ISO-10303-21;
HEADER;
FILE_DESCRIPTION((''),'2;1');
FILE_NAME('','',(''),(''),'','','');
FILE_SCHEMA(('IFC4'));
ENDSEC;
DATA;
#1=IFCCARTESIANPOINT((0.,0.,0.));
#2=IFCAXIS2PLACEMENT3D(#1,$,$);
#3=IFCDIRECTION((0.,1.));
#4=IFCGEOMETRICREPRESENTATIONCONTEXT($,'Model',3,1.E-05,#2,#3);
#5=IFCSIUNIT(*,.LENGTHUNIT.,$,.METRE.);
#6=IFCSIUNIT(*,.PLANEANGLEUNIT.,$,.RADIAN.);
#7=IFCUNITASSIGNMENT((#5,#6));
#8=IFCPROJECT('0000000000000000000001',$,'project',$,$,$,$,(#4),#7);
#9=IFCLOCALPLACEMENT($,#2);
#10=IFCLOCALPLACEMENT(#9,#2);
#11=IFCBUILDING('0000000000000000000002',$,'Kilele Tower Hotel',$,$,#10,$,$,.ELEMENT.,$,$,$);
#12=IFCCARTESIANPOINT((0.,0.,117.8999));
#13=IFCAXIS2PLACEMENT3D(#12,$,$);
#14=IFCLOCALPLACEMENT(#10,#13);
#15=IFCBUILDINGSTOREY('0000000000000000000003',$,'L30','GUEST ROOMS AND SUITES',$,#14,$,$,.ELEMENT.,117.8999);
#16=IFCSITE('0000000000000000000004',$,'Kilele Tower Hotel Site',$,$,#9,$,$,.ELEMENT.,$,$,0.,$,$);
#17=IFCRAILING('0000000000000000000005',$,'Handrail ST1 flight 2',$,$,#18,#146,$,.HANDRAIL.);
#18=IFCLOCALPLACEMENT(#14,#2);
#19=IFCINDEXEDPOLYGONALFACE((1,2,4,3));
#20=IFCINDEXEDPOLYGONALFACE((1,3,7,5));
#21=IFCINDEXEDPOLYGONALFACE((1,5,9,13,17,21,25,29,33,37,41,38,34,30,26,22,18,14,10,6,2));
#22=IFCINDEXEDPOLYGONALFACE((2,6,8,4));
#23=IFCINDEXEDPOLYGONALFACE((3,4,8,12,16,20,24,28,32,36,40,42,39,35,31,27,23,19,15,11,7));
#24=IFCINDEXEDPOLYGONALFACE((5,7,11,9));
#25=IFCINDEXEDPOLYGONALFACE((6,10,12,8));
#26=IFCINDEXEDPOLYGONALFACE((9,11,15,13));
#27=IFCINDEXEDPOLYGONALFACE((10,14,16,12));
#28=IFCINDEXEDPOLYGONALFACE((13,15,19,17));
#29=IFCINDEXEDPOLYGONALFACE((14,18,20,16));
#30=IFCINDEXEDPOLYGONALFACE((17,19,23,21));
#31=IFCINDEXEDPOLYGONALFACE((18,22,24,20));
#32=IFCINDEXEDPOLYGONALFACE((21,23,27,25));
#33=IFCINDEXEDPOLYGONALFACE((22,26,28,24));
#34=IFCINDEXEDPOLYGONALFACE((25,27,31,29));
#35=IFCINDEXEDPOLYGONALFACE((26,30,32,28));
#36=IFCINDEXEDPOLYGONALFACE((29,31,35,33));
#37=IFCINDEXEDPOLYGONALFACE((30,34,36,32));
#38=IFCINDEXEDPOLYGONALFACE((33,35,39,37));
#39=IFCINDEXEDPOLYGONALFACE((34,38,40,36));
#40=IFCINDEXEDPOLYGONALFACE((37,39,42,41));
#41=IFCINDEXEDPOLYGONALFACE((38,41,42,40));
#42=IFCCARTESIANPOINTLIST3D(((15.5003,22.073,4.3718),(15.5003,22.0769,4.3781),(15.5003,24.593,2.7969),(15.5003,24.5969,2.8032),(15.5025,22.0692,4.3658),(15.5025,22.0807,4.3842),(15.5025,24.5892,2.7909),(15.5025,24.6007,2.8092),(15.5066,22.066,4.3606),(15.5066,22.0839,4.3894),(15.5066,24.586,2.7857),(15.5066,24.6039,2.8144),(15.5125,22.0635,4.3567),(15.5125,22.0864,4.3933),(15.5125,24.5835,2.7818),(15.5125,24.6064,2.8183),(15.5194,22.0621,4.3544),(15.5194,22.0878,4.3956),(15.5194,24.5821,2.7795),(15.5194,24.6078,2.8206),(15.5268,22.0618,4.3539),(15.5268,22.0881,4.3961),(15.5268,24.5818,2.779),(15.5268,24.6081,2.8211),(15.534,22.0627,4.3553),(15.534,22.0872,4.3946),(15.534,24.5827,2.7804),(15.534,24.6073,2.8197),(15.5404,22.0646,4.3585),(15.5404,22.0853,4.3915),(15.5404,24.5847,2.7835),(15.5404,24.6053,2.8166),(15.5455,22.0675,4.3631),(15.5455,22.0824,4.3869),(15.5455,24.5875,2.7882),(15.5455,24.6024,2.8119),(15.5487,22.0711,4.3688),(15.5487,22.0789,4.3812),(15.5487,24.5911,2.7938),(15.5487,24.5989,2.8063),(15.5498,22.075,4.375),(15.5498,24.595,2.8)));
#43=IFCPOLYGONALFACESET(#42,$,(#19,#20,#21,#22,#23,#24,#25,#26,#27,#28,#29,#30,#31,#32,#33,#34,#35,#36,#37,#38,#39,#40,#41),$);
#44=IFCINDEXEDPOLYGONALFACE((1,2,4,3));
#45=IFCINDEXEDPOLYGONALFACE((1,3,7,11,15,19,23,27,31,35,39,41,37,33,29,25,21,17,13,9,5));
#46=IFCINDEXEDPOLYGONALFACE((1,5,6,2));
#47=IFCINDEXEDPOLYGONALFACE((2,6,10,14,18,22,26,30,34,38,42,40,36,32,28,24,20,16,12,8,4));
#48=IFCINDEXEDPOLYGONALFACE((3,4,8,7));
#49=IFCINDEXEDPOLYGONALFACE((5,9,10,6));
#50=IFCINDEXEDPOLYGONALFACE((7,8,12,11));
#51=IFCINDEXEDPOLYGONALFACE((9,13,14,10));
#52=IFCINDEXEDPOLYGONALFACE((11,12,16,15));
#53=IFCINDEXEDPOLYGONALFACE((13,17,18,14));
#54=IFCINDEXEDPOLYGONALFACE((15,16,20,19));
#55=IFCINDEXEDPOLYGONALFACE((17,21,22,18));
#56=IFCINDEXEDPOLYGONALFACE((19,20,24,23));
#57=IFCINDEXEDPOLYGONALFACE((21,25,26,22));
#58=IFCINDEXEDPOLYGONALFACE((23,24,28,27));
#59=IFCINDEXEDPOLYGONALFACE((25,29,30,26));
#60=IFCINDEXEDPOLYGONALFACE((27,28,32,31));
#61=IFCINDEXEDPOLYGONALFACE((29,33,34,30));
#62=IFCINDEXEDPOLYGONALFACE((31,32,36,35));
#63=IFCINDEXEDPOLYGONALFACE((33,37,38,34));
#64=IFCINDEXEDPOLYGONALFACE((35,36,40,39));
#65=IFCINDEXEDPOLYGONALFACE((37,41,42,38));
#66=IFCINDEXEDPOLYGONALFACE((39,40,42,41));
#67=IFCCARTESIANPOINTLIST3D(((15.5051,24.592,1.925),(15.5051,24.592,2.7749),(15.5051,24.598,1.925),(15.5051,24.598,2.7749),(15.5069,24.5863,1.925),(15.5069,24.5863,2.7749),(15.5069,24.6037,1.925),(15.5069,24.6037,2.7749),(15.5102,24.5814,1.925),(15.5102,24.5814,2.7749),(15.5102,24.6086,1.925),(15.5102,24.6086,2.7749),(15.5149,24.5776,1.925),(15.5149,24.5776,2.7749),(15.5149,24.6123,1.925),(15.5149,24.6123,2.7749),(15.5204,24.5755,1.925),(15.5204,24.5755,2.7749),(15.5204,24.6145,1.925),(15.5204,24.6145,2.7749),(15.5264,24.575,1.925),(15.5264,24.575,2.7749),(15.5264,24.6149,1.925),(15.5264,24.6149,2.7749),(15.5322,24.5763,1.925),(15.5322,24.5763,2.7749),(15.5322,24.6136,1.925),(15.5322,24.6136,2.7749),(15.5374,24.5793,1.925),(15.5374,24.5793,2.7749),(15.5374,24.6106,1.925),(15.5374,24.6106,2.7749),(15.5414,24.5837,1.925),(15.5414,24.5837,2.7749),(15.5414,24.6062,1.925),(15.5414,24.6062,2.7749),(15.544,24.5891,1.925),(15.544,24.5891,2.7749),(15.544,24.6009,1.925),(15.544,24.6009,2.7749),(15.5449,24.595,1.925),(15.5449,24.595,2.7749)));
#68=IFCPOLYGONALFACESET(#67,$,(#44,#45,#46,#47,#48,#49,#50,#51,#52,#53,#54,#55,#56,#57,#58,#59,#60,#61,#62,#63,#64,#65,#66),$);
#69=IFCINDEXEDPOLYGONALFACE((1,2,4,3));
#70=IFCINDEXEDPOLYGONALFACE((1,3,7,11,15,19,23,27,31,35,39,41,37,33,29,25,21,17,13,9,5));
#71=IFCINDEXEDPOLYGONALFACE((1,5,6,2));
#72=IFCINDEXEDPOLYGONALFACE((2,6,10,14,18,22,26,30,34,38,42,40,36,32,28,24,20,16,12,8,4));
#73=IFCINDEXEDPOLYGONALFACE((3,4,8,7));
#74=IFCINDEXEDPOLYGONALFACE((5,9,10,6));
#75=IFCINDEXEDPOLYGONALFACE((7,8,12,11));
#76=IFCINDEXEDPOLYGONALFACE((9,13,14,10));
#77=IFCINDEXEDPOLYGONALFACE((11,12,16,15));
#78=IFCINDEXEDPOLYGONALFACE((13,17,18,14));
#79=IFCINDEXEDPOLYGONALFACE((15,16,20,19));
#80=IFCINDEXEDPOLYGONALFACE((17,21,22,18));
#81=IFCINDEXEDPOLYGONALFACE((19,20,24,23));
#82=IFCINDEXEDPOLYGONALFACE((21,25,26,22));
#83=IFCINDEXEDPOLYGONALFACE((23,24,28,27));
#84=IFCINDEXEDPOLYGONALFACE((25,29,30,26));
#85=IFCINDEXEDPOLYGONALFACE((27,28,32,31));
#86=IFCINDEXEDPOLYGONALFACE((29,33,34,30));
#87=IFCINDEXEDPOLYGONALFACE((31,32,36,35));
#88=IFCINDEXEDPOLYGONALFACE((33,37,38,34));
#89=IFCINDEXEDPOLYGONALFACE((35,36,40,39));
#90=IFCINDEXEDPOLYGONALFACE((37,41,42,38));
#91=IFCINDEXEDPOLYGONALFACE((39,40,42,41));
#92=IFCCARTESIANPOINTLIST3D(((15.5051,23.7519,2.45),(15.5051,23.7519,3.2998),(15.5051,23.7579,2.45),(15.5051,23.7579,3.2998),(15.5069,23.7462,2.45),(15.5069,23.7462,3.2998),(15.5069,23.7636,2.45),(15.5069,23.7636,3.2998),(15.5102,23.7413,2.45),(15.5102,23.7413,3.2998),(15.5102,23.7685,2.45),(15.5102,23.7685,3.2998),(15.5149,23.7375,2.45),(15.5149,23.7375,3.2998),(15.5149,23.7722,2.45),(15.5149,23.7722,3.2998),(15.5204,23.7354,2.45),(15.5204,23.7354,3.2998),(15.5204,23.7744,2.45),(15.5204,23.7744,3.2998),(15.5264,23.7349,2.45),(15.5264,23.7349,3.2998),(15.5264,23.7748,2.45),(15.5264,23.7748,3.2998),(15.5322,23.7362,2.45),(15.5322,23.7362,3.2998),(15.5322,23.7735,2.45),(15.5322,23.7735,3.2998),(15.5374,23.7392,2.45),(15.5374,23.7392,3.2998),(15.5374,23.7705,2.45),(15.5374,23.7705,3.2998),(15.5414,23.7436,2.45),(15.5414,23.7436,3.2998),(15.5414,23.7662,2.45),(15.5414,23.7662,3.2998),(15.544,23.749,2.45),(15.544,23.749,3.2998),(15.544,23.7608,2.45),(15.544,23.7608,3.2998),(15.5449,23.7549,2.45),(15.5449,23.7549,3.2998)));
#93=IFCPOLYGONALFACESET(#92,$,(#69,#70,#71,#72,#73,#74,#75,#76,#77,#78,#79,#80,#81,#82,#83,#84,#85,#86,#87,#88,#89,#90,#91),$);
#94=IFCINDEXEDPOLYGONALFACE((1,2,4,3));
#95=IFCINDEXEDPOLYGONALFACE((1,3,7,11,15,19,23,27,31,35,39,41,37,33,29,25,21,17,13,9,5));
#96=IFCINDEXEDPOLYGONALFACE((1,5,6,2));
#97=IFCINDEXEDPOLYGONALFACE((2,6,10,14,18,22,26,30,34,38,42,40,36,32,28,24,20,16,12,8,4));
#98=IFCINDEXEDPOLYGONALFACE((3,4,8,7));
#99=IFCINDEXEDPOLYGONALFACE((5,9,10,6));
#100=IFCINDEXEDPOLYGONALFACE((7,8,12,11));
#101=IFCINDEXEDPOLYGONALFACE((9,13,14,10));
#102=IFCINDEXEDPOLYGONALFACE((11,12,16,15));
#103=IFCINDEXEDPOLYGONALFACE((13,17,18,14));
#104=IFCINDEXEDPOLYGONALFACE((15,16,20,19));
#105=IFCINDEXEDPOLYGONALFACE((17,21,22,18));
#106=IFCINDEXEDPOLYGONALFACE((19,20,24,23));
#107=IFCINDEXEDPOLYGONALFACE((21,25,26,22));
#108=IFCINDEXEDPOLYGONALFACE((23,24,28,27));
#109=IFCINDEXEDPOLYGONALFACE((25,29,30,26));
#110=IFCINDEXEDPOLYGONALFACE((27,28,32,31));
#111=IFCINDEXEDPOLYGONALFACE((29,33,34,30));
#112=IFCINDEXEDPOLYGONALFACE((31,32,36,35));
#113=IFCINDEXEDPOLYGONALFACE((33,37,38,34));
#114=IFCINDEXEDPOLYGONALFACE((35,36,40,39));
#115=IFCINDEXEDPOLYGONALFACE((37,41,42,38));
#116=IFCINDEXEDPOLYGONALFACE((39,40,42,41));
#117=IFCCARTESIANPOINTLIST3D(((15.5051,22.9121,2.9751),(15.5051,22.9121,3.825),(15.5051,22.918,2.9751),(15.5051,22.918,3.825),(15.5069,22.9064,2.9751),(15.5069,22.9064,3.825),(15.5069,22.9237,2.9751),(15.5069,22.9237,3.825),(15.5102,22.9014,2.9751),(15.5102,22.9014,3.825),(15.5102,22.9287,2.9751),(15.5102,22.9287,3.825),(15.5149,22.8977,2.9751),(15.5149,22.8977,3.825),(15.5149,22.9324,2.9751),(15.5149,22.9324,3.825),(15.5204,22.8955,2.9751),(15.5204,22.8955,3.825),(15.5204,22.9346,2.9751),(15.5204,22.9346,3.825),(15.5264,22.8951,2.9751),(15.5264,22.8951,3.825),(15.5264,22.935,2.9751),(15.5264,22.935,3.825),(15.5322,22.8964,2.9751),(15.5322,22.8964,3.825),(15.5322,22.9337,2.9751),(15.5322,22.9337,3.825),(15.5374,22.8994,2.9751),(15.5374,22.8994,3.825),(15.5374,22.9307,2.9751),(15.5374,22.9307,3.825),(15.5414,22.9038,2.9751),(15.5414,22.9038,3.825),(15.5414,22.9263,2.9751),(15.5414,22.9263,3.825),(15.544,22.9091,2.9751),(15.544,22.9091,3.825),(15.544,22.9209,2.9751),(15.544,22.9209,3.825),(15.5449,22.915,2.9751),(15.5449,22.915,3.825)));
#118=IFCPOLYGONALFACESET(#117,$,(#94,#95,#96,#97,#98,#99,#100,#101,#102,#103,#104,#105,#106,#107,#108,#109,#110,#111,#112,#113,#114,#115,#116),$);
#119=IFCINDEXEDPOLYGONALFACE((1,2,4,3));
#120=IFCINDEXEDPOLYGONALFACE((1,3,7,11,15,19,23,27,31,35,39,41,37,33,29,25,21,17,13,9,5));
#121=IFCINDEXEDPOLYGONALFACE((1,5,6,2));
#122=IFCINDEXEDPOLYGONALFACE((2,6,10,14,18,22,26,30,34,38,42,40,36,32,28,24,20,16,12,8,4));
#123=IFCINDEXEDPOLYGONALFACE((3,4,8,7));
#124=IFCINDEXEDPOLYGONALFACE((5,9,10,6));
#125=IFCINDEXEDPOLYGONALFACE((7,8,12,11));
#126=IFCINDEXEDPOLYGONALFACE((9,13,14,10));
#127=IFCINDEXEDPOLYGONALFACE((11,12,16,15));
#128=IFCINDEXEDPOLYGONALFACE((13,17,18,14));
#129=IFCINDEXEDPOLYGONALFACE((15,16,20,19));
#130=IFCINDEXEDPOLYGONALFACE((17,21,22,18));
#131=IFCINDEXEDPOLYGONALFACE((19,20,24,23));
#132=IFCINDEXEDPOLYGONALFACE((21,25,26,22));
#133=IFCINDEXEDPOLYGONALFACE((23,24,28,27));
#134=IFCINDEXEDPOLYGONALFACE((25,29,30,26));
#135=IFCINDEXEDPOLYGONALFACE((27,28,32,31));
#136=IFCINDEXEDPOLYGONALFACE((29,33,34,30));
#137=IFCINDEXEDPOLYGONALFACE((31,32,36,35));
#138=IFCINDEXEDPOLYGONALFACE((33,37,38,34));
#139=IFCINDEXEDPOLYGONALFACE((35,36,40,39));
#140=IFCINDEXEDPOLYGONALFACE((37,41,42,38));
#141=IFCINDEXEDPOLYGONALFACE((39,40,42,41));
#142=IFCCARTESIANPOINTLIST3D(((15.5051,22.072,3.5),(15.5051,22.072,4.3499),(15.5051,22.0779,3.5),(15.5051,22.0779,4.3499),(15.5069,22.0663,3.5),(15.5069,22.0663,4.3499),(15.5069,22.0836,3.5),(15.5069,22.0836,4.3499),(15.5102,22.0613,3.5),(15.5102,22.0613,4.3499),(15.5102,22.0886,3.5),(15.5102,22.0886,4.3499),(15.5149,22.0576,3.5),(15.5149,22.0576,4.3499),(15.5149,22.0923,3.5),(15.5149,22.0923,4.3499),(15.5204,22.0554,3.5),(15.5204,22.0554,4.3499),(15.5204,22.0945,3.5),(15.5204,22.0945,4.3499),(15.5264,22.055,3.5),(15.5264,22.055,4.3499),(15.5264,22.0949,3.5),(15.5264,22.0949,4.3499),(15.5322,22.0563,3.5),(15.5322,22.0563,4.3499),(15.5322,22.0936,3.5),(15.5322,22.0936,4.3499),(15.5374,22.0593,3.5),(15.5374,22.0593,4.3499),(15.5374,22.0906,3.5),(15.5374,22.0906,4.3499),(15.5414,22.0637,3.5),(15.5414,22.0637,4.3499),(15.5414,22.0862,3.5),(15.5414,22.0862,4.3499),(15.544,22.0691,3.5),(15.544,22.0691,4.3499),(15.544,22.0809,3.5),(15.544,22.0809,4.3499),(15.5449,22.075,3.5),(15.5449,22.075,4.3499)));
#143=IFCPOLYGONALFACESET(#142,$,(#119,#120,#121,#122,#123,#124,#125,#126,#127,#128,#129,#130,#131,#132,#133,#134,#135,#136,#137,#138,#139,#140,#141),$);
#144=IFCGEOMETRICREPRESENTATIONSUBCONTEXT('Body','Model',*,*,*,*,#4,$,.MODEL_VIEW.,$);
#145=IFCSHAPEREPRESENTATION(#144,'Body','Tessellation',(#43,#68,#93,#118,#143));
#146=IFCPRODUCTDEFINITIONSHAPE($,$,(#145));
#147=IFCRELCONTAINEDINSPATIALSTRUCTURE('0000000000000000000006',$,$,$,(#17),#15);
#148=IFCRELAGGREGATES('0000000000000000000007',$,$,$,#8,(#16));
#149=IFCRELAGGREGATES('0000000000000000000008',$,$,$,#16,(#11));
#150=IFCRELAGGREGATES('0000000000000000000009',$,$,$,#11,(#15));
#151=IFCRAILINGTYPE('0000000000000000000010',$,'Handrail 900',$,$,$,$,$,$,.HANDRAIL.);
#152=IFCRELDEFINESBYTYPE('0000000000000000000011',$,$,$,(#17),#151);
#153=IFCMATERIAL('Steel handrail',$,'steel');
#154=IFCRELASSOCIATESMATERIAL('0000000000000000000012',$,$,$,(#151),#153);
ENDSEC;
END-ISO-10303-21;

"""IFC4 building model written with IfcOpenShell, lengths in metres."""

from ifc_helpers import new_model, si_unit, direction, frame, origin, origin_2d, place, context, subcontext, project, spatial, circle, extrude, material, type_object, element, save


model = new_model("IFC4")

# Units and contexts
model_context = context("Model", 3, precision=1e-05, world=origin(), true_north=direction((0.0, 1.0)))
body_context = subcontext(model_context, "Body", "Model", "MODEL_VIEW")
ifc_project = project(units=[si_unit("LENGTHUNIT", "METRE"), si_unit("PLANEANGLEUNIT", "RADIAN")], contexts=[model_context])

# Site, building, storey
site_placement = place(None, origin())
site = spatial("IfcSite", under=ifc_project, at=site_placement, Name="Kilele Tower Hotel Site", CompositionType="ELEMENT", RefElevation=0.0)
building_placement = place(site_placement, origin())
building = spatial("IfcBuilding", under=site, at=building_placement, Name="Kilele Tower Hotel", CompositionType="ELEMENT")
storey_placement = place(building_placement, frame((0.0, 0.0, 117.8999)))
storey = spatial("IfcBuildingStorey", under=building, at=storey_placement, Name="L30", Description="GUEST ROOMS AND SUITES", CompositionType="ELEMENT", Elevation=117.8999)

# Railing
ifc_material_1 = material(Name="Steel handrail", Category="steel")
railing_type_1 = type_object("IfcRailingType", Name="Handrail 900", PredefinedType="HANDRAIL", material=ifc_material_1)
for number, where, name in (
    (1, (15.5249, 24.595, 1.925), "Handrail ST1 flight 2"),
):
    element("IfcRailing", number, at=place(storey_placement, frame(where)), inside=storey, type_object=railing_type_1, Name=name, PredefinedType="HANDRAIL", context=body_context, shape_type="SweptSolid", body=[
        extrude(circle(Radius=0.0249, at=origin_2d()), frame((0.0, 0.0, 0.875), z_axis=(0.0, -0.848008, 0.529984), x_axis=(1.0, 0.0, 0.0)), (0.0, 0.0, 1.0), 2.9717),
        extrude(circle(Radius=0.02, at=origin_2d()), origin(), (0.0, 0.0, 1.0), 0.8499),
        extrude(circle(Radius=0.02, at=origin_2d()), frame((0.0, -0.8401, 0.5249)), (0.0, 0.0, 1.0), 0.8499),
        extrude(circle(Radius=0.02, at=origin_2d()), frame((0.0, -1.6799, 1.05)), (0.0, 0.0, 1.0), 0.8499),
        extrude(circle(Radius=0.02, at=origin_2d()), frame((0.0, -2.52, 1.575)), (0.0, 0.0, 1.0), 0.8499),
    ])

save(model, "model.ifc")
